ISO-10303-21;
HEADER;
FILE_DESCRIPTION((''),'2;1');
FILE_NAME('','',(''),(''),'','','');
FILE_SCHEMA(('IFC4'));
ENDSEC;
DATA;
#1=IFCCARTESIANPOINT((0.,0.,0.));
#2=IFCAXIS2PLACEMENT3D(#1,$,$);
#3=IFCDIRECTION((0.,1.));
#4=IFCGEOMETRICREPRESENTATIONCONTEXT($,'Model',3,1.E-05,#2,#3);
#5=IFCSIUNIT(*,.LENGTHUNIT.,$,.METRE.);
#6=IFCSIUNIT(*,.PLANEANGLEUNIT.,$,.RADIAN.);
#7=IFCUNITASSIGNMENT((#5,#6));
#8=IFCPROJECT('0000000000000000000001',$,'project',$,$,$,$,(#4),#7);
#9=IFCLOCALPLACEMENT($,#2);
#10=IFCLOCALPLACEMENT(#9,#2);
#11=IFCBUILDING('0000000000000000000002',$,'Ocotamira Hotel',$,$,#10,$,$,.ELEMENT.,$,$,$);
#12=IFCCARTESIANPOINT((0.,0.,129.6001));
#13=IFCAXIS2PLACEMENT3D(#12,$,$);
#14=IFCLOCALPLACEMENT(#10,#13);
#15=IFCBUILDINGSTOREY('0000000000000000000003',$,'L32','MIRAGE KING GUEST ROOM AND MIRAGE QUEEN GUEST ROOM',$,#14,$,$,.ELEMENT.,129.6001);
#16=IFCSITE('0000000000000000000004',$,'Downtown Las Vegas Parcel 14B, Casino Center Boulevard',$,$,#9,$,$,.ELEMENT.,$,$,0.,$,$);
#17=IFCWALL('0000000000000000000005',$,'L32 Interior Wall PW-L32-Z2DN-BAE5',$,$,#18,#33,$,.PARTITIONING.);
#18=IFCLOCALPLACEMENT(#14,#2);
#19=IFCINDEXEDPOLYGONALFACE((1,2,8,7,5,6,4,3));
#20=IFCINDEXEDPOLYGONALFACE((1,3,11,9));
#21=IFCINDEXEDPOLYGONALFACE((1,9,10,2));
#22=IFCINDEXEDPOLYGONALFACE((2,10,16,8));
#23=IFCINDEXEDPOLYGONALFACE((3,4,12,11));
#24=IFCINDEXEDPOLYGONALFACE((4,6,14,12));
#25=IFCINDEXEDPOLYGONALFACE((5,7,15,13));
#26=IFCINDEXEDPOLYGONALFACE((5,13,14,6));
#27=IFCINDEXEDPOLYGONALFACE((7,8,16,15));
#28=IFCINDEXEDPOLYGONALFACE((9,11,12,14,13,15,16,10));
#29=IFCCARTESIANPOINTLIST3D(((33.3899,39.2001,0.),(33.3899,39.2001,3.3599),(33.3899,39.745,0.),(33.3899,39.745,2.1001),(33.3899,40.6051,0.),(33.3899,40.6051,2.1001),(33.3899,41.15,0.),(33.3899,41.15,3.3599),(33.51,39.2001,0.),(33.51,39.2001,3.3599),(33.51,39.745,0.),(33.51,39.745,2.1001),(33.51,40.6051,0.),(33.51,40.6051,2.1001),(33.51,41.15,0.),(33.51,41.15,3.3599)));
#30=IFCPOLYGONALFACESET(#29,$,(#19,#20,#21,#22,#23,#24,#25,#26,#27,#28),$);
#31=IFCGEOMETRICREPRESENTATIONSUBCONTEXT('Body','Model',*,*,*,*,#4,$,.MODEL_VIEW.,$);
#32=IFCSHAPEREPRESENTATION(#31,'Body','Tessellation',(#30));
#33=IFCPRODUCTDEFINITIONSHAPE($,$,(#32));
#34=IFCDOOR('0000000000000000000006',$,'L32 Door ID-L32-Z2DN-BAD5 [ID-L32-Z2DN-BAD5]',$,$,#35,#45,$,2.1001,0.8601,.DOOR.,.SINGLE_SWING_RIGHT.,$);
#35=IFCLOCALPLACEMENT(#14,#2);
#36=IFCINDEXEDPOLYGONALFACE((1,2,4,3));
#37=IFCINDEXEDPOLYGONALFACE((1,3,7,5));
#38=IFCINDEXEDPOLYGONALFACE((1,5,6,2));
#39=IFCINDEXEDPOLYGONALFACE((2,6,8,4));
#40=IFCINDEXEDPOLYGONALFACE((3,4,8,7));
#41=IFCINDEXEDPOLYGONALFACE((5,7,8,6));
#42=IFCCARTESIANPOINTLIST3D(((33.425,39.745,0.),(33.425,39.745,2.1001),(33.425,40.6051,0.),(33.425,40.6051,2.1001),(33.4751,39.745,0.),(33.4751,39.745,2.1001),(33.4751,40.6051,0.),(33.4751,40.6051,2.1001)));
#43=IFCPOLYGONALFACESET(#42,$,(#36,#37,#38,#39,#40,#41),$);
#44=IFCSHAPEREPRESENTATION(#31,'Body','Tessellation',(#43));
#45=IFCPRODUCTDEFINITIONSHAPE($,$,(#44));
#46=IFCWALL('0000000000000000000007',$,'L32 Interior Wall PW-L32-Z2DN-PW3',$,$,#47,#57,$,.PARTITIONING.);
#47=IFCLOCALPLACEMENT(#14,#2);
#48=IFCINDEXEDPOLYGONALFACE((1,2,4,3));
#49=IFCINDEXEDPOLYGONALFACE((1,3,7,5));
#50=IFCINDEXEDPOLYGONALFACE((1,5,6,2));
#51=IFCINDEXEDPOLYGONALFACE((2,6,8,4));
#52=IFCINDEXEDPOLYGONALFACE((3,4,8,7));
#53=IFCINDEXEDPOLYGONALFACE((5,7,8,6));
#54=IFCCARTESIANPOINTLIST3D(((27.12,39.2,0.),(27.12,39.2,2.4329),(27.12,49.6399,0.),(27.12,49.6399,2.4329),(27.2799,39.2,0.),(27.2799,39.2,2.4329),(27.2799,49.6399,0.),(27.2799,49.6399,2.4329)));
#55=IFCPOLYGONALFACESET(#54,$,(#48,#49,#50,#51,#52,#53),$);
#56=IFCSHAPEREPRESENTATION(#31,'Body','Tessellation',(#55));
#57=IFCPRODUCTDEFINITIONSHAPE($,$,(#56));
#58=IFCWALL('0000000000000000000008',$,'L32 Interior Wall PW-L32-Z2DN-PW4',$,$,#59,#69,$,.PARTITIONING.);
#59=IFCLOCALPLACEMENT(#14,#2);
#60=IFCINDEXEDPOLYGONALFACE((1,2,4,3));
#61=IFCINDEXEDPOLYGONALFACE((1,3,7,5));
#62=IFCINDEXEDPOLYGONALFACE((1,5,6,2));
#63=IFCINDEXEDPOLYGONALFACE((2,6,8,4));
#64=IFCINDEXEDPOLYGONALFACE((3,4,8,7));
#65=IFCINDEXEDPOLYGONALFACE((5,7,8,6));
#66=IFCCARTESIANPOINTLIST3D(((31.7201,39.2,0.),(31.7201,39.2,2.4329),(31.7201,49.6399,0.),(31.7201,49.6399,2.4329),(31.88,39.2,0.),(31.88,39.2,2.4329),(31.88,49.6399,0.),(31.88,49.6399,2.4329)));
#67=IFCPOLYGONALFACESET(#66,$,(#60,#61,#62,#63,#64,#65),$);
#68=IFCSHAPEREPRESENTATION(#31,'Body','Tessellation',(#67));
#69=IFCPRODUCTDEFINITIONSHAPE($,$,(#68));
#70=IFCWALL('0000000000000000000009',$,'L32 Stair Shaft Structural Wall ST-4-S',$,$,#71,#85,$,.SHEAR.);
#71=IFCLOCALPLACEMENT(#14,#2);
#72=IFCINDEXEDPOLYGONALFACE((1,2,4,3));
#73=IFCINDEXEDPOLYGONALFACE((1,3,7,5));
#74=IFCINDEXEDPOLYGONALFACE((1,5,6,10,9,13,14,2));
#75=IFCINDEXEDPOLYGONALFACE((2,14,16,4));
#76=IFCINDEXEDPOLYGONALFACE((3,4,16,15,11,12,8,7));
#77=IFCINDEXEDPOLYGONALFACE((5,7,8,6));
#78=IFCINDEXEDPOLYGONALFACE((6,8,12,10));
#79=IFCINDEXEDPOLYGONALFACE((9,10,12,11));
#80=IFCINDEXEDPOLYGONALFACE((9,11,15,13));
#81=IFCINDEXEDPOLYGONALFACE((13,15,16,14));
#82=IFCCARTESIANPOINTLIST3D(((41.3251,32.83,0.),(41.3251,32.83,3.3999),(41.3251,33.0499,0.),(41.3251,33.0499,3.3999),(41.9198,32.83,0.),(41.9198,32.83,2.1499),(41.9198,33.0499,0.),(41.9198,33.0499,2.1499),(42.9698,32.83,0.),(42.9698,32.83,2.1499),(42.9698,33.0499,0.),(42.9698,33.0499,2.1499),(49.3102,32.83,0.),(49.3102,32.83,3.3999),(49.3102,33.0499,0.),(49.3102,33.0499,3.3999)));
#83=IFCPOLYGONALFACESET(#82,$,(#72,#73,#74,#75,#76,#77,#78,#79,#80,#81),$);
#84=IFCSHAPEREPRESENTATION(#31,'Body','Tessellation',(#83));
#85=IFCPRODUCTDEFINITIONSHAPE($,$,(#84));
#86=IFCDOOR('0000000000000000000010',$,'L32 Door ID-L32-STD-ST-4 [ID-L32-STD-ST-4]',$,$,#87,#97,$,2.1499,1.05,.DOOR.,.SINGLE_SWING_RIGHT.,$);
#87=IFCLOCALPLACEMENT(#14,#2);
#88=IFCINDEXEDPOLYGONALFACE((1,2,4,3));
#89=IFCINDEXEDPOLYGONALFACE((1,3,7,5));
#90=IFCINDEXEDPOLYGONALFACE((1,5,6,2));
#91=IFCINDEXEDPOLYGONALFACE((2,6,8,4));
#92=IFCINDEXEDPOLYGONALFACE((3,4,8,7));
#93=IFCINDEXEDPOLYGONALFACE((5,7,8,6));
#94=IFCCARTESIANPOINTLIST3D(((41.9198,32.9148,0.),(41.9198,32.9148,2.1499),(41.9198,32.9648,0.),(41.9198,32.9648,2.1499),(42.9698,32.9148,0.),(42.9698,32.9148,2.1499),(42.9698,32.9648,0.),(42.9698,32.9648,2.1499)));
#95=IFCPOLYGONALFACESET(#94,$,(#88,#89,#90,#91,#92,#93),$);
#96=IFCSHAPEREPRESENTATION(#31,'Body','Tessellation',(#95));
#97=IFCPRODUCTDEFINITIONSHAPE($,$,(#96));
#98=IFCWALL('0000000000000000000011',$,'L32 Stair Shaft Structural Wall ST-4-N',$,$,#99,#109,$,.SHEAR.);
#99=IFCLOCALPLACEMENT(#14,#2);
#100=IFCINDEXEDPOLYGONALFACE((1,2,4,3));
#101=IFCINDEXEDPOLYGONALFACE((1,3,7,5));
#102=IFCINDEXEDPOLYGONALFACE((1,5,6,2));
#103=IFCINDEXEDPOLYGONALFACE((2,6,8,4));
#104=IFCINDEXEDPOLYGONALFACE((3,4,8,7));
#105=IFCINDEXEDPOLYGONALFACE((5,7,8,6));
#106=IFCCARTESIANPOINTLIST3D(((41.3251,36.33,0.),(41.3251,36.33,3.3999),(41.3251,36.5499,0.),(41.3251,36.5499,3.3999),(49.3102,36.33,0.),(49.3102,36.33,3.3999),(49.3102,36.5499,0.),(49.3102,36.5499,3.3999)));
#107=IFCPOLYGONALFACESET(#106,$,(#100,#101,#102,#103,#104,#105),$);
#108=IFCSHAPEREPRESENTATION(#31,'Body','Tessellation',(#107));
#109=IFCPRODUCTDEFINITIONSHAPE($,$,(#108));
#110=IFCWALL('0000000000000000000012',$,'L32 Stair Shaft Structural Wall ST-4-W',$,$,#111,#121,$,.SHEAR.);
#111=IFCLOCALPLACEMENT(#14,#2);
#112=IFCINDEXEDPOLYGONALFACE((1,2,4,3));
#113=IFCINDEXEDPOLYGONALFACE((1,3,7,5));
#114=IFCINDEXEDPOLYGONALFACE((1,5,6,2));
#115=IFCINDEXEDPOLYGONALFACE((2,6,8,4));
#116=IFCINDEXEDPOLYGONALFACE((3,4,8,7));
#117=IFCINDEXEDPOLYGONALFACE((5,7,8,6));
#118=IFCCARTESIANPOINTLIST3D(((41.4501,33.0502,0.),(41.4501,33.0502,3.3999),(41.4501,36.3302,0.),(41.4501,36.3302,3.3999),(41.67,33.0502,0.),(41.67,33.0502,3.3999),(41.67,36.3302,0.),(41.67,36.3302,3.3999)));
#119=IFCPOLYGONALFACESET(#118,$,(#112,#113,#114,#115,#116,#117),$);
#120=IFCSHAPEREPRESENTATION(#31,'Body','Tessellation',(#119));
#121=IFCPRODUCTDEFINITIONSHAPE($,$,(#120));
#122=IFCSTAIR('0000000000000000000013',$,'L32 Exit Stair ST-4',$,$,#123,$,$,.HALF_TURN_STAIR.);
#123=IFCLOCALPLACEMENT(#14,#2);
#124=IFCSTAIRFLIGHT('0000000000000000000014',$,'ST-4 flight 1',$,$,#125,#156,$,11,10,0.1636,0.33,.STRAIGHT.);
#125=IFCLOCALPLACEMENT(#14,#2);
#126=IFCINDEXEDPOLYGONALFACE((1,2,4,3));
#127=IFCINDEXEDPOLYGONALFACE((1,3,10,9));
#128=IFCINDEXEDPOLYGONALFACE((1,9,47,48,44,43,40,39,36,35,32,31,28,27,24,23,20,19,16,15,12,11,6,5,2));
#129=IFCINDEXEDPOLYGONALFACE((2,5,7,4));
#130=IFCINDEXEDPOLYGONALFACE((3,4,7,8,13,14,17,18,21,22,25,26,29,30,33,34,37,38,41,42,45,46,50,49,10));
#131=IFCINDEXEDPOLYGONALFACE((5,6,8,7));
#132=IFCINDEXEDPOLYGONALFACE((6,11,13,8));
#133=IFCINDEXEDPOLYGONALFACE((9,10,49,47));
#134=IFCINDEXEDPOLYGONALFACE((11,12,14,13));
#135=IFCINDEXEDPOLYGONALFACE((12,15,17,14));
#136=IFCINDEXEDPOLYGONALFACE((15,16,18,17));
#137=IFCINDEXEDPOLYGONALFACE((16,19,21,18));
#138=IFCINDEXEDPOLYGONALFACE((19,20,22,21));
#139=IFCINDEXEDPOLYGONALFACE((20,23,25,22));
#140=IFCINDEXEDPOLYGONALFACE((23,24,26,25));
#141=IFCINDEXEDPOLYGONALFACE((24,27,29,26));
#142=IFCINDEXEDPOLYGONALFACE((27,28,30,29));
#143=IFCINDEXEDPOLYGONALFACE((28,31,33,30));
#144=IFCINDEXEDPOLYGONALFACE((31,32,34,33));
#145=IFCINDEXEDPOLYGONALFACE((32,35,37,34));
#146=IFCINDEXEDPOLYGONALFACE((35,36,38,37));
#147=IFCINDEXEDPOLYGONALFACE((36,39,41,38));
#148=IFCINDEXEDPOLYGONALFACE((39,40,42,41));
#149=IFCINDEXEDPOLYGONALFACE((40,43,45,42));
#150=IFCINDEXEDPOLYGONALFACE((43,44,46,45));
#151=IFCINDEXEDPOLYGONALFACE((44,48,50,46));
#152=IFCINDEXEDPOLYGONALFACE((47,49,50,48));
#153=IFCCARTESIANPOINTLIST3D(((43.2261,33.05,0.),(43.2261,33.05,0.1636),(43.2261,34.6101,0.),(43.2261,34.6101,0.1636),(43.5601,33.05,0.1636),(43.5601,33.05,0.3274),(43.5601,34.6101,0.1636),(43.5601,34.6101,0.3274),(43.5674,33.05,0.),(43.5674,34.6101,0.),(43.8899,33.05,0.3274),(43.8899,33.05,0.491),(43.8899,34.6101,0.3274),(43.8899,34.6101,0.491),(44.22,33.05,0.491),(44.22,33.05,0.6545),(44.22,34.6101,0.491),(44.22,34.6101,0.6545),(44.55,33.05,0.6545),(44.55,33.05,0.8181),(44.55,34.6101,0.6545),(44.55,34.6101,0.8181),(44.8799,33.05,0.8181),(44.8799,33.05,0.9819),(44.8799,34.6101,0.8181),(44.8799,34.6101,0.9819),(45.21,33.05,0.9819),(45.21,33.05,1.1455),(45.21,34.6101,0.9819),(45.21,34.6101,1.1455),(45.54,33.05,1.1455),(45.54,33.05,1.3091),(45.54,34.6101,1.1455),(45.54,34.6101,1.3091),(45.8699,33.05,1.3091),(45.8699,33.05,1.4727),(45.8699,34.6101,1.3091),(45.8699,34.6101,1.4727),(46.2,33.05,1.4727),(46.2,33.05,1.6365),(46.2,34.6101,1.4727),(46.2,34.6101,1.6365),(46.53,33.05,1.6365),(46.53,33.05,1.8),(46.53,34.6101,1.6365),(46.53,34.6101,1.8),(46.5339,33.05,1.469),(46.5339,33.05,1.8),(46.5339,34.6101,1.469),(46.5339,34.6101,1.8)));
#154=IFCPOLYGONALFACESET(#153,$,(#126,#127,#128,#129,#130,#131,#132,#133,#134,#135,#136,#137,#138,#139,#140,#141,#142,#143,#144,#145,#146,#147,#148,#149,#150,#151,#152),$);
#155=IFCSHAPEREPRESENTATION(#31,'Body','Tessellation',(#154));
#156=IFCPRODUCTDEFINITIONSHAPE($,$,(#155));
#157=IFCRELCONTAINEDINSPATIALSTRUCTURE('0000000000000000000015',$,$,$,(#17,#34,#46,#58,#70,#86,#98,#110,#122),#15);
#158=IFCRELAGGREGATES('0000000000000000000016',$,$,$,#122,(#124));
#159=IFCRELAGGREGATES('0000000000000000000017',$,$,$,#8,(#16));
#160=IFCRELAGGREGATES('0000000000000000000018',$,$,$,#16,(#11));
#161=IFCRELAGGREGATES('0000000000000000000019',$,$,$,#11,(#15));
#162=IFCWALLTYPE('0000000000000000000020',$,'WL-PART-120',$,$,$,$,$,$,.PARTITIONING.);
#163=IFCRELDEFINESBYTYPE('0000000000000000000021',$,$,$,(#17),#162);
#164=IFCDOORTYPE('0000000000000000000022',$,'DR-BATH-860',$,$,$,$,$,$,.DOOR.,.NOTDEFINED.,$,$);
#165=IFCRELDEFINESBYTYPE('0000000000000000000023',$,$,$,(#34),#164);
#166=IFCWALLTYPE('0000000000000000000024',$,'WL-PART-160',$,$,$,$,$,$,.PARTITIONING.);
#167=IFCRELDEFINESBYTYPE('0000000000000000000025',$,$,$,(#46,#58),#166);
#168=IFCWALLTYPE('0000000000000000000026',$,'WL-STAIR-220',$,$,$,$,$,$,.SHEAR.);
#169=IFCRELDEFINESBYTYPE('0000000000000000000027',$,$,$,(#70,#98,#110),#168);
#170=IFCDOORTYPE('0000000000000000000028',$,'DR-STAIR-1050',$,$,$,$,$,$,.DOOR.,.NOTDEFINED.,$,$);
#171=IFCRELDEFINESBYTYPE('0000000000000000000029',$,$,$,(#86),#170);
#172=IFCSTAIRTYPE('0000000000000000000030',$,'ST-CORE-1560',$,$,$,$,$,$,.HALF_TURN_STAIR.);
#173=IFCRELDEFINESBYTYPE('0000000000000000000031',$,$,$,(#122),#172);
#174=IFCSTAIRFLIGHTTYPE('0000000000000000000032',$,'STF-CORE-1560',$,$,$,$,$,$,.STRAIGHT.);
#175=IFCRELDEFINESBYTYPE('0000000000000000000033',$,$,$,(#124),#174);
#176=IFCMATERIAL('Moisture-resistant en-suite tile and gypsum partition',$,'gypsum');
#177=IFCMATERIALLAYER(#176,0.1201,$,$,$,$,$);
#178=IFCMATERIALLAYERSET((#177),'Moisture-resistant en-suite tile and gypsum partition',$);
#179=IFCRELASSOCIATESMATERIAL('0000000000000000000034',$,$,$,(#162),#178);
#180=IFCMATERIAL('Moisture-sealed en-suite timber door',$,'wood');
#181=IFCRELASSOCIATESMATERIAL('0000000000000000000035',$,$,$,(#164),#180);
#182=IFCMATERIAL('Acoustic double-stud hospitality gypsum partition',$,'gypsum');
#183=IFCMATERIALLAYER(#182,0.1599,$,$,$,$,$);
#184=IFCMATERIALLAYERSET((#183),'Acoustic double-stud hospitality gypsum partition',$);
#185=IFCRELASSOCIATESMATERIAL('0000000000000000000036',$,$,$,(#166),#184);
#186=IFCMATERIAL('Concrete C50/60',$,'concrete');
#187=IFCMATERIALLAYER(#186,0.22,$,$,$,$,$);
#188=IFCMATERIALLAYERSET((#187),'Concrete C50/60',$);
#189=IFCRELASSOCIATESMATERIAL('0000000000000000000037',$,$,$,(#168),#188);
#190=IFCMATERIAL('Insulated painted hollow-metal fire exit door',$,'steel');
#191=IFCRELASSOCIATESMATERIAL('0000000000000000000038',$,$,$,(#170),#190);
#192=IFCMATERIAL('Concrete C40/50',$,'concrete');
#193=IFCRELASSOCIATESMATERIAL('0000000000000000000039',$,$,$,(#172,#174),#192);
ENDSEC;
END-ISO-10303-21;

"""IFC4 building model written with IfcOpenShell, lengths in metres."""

from ifc_helpers import new_model, si_unit, direction, frame, frame_2d, origin, place, context, subcontext, project, spatial, polyline, rectangle, outline, extrude, source, transform, mapped, material, layer, layer_set, type_object, element, fill, aggregate, save


model = new_model("IFC4")

# Units and contexts
model_context = context("Model", 3, precision=1e-05, world=origin(), true_north=direction((0.0, 1.0)))
body_context = subcontext(model_context, "Body", "Model", "MODEL_VIEW")
ifc_project = project(units=[si_unit("LENGTHUNIT", "METRE"), si_unit("PLANEANGLEUNIT", "RADIAN")], contexts=[model_context])

# Site, building, storey
site_placement = place(None, origin())
site = spatial("IfcSite", under=ifc_project, at=site_placement, Name="Downtown Las Vegas Parcel 14B, Casino Center Boulevard", CompositionType="ELEMENT", RefElevation=0.0)
building_placement = place(site_placement, origin())
building = spatial("IfcBuilding", under=site, at=building_placement, Name="Ocotamira Hotel", CompositionType="ELEMENT")
storey_placement = place(building_placement, frame((0.0, 0.0, 129.6001)))
storey = spatial("IfcBuildingStorey", under=building, at=storey_placement, Name="L32", Description="MIRAGE KING GUEST ROOM AND MIRAGE QUEEN GUEST ROOM", CompositionType="ELEMENT", Elevation=129.6001)

# Wall, opening, door
ifc_material_1 = material(Name="Moisture-resistant en-suite tile and gypsum partition", Category="gypsum")
ifc_layer_1 = layer(ifc_material_1, 0.1201)
ifc_layer_set_1 = layer_set([ifc_layer_1], Name="Moisture-resistant en-suite tile and gypsum partition")
wall_type_1 = type_object("IfcWallType", Name="WL-PART-120", PredefinedType="PARTITIONING", material=ifc_layer_set_1)
wall_1_placement = place(storey_placement, frame((33.45, 39.2, 0.0), z_axis=(0.0, 0.0, 1.0), x_axis=(0.0, 1.0, 0.0)))
wall_1 = element("IfcWall", 1, at=wall_1_placement, inside=storey, type_object=wall_type_1, Name="L32 Interior Wall PW-L32-Z2DN-BAE5", PredefinedType="PARTITIONING", context=body_context, shape_type="SweptSolid", body=[
    extrude(rectangle(XDim=1.95, YDim=0.1201, at=frame_2d((0.9751, 0.0))), origin(), (0.0, 0.0, 1.0), 3.3599),
])
opening_1_placement = place(wall_1_placement, frame((0.5449, 0.0, 0.0)))
opening_1 = element("IfcOpeningElement", 2, at=opening_1_placement, cuts=wall_1, PredefinedType="OPENING", context=body_context, shape_type="SweptSolid", body=[
    extrude(rectangle(XDim=0.8601, YDim=2.1001, at=frame_2d((0.4302, 1.05))), frame((0.0, 0.0701, 0.0), z_axis=(0.0, -1.0, 0.0), x_axis=(1.0, 0.0, 0.0)), (0.0, 0.0, 1.0), 0.1401),
])
ifc_material_2 = material(Name="Moisture-sealed en-suite timber door", Category="wood")
door_type_1 = type_object("IfcDoorType", Name="DR-BATH-860", OperationType="NOTDEFINED", PredefinedType="DOOR", material=ifc_material_2)
shared_shape_1 = source(origin(), body_context, "Body", "SweptSolid", [
    extrude(rectangle(XDim=0.8601, YDim=2.1001, at=frame_2d((0.4302, 1.05))), frame((0.0, 0.0249, 0.0), z_axis=(0.0, -1.0, 0.0), x_axis=(1.0, 0.0, 0.0)), (0.0, 0.0, 1.0), 0.05),
])
door_1_placement = place(opening_1_placement, origin())
door_1 = element("IfcDoor", 3, at=door_1_placement, inside=storey, type_object=door_type_1, Name="L32 Door ID-L32-Z2DN-BAD5 [ID-L32-Z2DN-BAD5]", OperationType="SINGLE_SWING_RIGHT", OverallHeight=2.1001, OverallWidth=0.8601, PredefinedType="DOOR", context=body_context, shape_type="MappedRepresentation", body=[
    mapped(shared_shape_1, transform((0.0, 0.0, 0.0), scale=1.0)),
])
fill(opening_1, door_1)

# Walls
ifc_material_3 = material(Name="Acoustic double-stud hospitality gypsum partition", Category="gypsum")
ifc_layer_2 = layer(ifc_material_3, 0.1599)
ifc_layer_set_2 = layer_set([ifc_layer_2], Name="Acoustic double-stud hospitality gypsum partition")
wall_type_2 = type_object("IfcWallType", Name="WL-PART-160", PredefinedType="PARTITIONING", material=ifc_layer_set_2)
for number, where, z_axis, x_axis, name in (
    (4, (27.2, 39.2, 0.0), (0.0, 0.0, 1.0), (0.0, 1.0, 0.0), "L32 Interior Wall PW-L32-Z2DN-PW3"),
    (5, (31.8, 39.2, 0.0), (0.0, 0.0, 1.0), (0.0, 1.0, 0.0), "L32 Interior Wall PW-L32-Z2DN-PW4"),
):
    element("IfcWall", number, at=place(storey_placement, frame(where, z_axis=z_axis, x_axis=x_axis)), inside=storey, type_object=wall_type_2, Name=name, PredefinedType="PARTITIONING", context=body_context, shape_type="SweptSolid", body=[
        extrude(rectangle(XDim=10.4399, YDim=0.1599, at=frame_2d((5.22, 0.0))), origin(), (0.0, 0.0, 1.0), 2.4329),
    ])

# Wall, opening, door
ifc_material_4 = material(Name="Concrete C50/60", Category="concrete")
ifc_layer_3 = layer(ifc_material_4, 0.22)
ifc_layer_set_3 = layer_set([ifc_layer_3], Name="Concrete C50/60")
wall_type_3 = type_object("IfcWallType", Name="WL-STAIR-220", PredefinedType="SHEAR", material=ifc_layer_set_3)
wall_2_placement = place(storey_placement, frame((41.325, 32.9399, 0.0), z_axis=(0.0, 0.0, 1.0), x_axis=(1.0, 0.0, 0.0)))
wall_2 = element("IfcWall", 6, at=wall_2_placement, inside=storey, type_object=wall_type_3, Name="L32 Stair Shaft Structural Wall ST-4-S", PredefinedType="SHEAR", context=body_context, shape_type="SweptSolid", body=[
    extrude(rectangle(XDim=7.9851, YDim=0.22, at=frame_2d((3.9927, 0.0))), origin(), (0.0, 0.0, 1.0), 3.3999),
])
opening_2_placement = place(wall_2_placement, frame((0.595, 0.0, 0.0)))
opening_2 = element("IfcOpeningElement", 7, at=opening_2_placement, cuts=wall_2, PredefinedType="OPENING", context=body_context, shape_type="SweptSolid", body=[
    extrude(rectangle(XDim=1.05, YDim=2.1499, at=frame_2d((0.5249, 1.075))), frame((0.0, 0.1201, 0.0), z_axis=(0.0, -1.0, 0.0), x_axis=(1.0, 0.0, 0.0)), (0.0, 0.0, 1.0), 0.24),
])
ifc_material_5 = material(Name="Insulated painted hollow-metal fire exit door", Category="steel")
door_type_2 = type_object("IfcDoorType", Name="DR-STAIR-1050", OperationType="NOTDEFINED", PredefinedType="DOOR", material=ifc_material_5)
shared_shape_2 = source(origin(), body_context, "Body", "SweptSolid", [
    extrude(rectangle(XDim=1.05, YDim=2.1499, at=frame_2d((0.5249, 1.075))), frame((0.0, 0.0249, 0.0), z_axis=(0.0, -1.0, 0.0), x_axis=(1.0, 0.0, 0.0)), (0.0, 0.0, 1.0), 0.05),
])
door_2_placement = place(opening_2_placement, origin())
door_2 = element("IfcDoor", 8, at=door_2_placement, inside=storey, type_object=door_type_2, Name="L32 Door ID-L32-STD-ST-4 [ID-L32-STD-ST-4]", OperationType="SINGLE_SWING_RIGHT", OverallHeight=2.1499, OverallWidth=1.05, PredefinedType="DOOR", context=body_context, shape_type="MappedRepresentation", body=[
    mapped(shared_shape_2, transform((0.0, 0.0, 0.0), scale=1.0)),
])
fill(opening_2, door_2)

# Walls
wall_3_placement = place(storey_placement, frame((41.325, 36.4399, 0.0), z_axis=(0.0, 0.0, 1.0), x_axis=(1.0, 0.0, 0.0)))
element("IfcWall", 9, at=wall_3_placement, inside=storey, type_object=wall_type_3, Name="L32 Stair Shaft Structural Wall ST-4-N", PredefinedType="SHEAR", context=body_context, shape_type="SweptSolid", body=[
    extrude(rectangle(XDim=7.9851, YDim=0.22, at=frame_2d((3.9927, 0.0))), origin(), (0.0, 0.0, 1.0), 3.3999),
])
wall_4_placement = place(storey_placement, frame((41.5601, 33.05, 0.0), z_axis=(0.0, 0.0, 1.0), x_axis=(0.0, 1.0, 0.0)))
element("IfcWall", 10, at=wall_4_placement, inside=storey, type_object=wall_type_3, Name="L32 Stair Shaft Structural Wall ST-4-W", PredefinedType="SHEAR", context=body_context, shape_type="SweptSolid", body=[
    extrude(rectangle(XDim=3.28, YDim=0.22, at=frame_2d((1.6401, 0.0))), origin(), (0.0, 0.0, 1.0), 3.3999),
])

# Stair, stair flight
ifc_material_6 = material(Name="Concrete C40/50", Category="concrete")
stair_type = type_object("IfcStairType", Name="ST-CORE-1560", PredefinedType="HALF_TURN_STAIR", material=ifc_material_6)
stair_placement = place(storey_placement, origin())
stair = element("IfcStair", 11, at=stair_placement, inside=storey, type_object=stair_type, Name="L32 Exit Stair ST-4", PredefinedType="HALF_TURN_STAIR")
stair_flight_type = type_object("IfcStairFlightType", Name="STF-CORE-1560", PredefinedType="STRAIGHT", material=ifc_material_6)
shared_shape_3 = source(origin(), body_context, "Body", "SweptSolid", [
    extrude(outline(polyline([(-0.0039, 0.0), (-0.0039, 0.1636), (0.3301, 0.1636), (0.3301, 0.3274), (0.6599, 0.3274), (0.6599, 0.491), (0.99, 0.491), (0.99, 0.6545), (1.3201, 0.6545), (1.3201, 0.8181), (1.6499, 0.8181), (1.6499, 0.9819), (1.98, 0.9819), (1.98, 1.1455), (2.3101, 1.1455), (2.3101, 1.3091), (2.6399, 1.3091), (2.6399, 1.4727), (2.97, 1.4727), (2.97, 1.6365), (3.3, 1.6365), (3.3, 1.8), (3.304, 1.8), (3.304, 1.469), (0.3374, 0.0), (-0.0039, 0.0)])), frame((0.0, 0.78, 0.0), z_axis=(0.0, -1.0, 0.0), x_axis=(1.0, 0.0, 0.0)), (0.0, 0.0, 1.0), 1.5601),
])
stair_flight_placement = place(storey_placement, frame((43.23, 33.8301, 0.0), z_axis=(0.0, 0.0, 1.0), x_axis=(1.0, 0.0, 0.0)))
stair_flight = element("IfcStairFlight", 12, at=stair_flight_placement, type_object=stair_flight_type, Name="ST-4 flight 1", NumberOfRisers=11, NumberOfTreads=10, PredefinedType="STRAIGHT", RiserHeight=0.1636, TreadLength=0.33, context=body_context, shape_type="MappedRepresentation", body=[
    mapped(shared_shape_3, transform((0.0, 0.0, 0.0), scale=1.0)),
])
aggregate(stair, [stair_flight])

save(model, "model.ifc")
